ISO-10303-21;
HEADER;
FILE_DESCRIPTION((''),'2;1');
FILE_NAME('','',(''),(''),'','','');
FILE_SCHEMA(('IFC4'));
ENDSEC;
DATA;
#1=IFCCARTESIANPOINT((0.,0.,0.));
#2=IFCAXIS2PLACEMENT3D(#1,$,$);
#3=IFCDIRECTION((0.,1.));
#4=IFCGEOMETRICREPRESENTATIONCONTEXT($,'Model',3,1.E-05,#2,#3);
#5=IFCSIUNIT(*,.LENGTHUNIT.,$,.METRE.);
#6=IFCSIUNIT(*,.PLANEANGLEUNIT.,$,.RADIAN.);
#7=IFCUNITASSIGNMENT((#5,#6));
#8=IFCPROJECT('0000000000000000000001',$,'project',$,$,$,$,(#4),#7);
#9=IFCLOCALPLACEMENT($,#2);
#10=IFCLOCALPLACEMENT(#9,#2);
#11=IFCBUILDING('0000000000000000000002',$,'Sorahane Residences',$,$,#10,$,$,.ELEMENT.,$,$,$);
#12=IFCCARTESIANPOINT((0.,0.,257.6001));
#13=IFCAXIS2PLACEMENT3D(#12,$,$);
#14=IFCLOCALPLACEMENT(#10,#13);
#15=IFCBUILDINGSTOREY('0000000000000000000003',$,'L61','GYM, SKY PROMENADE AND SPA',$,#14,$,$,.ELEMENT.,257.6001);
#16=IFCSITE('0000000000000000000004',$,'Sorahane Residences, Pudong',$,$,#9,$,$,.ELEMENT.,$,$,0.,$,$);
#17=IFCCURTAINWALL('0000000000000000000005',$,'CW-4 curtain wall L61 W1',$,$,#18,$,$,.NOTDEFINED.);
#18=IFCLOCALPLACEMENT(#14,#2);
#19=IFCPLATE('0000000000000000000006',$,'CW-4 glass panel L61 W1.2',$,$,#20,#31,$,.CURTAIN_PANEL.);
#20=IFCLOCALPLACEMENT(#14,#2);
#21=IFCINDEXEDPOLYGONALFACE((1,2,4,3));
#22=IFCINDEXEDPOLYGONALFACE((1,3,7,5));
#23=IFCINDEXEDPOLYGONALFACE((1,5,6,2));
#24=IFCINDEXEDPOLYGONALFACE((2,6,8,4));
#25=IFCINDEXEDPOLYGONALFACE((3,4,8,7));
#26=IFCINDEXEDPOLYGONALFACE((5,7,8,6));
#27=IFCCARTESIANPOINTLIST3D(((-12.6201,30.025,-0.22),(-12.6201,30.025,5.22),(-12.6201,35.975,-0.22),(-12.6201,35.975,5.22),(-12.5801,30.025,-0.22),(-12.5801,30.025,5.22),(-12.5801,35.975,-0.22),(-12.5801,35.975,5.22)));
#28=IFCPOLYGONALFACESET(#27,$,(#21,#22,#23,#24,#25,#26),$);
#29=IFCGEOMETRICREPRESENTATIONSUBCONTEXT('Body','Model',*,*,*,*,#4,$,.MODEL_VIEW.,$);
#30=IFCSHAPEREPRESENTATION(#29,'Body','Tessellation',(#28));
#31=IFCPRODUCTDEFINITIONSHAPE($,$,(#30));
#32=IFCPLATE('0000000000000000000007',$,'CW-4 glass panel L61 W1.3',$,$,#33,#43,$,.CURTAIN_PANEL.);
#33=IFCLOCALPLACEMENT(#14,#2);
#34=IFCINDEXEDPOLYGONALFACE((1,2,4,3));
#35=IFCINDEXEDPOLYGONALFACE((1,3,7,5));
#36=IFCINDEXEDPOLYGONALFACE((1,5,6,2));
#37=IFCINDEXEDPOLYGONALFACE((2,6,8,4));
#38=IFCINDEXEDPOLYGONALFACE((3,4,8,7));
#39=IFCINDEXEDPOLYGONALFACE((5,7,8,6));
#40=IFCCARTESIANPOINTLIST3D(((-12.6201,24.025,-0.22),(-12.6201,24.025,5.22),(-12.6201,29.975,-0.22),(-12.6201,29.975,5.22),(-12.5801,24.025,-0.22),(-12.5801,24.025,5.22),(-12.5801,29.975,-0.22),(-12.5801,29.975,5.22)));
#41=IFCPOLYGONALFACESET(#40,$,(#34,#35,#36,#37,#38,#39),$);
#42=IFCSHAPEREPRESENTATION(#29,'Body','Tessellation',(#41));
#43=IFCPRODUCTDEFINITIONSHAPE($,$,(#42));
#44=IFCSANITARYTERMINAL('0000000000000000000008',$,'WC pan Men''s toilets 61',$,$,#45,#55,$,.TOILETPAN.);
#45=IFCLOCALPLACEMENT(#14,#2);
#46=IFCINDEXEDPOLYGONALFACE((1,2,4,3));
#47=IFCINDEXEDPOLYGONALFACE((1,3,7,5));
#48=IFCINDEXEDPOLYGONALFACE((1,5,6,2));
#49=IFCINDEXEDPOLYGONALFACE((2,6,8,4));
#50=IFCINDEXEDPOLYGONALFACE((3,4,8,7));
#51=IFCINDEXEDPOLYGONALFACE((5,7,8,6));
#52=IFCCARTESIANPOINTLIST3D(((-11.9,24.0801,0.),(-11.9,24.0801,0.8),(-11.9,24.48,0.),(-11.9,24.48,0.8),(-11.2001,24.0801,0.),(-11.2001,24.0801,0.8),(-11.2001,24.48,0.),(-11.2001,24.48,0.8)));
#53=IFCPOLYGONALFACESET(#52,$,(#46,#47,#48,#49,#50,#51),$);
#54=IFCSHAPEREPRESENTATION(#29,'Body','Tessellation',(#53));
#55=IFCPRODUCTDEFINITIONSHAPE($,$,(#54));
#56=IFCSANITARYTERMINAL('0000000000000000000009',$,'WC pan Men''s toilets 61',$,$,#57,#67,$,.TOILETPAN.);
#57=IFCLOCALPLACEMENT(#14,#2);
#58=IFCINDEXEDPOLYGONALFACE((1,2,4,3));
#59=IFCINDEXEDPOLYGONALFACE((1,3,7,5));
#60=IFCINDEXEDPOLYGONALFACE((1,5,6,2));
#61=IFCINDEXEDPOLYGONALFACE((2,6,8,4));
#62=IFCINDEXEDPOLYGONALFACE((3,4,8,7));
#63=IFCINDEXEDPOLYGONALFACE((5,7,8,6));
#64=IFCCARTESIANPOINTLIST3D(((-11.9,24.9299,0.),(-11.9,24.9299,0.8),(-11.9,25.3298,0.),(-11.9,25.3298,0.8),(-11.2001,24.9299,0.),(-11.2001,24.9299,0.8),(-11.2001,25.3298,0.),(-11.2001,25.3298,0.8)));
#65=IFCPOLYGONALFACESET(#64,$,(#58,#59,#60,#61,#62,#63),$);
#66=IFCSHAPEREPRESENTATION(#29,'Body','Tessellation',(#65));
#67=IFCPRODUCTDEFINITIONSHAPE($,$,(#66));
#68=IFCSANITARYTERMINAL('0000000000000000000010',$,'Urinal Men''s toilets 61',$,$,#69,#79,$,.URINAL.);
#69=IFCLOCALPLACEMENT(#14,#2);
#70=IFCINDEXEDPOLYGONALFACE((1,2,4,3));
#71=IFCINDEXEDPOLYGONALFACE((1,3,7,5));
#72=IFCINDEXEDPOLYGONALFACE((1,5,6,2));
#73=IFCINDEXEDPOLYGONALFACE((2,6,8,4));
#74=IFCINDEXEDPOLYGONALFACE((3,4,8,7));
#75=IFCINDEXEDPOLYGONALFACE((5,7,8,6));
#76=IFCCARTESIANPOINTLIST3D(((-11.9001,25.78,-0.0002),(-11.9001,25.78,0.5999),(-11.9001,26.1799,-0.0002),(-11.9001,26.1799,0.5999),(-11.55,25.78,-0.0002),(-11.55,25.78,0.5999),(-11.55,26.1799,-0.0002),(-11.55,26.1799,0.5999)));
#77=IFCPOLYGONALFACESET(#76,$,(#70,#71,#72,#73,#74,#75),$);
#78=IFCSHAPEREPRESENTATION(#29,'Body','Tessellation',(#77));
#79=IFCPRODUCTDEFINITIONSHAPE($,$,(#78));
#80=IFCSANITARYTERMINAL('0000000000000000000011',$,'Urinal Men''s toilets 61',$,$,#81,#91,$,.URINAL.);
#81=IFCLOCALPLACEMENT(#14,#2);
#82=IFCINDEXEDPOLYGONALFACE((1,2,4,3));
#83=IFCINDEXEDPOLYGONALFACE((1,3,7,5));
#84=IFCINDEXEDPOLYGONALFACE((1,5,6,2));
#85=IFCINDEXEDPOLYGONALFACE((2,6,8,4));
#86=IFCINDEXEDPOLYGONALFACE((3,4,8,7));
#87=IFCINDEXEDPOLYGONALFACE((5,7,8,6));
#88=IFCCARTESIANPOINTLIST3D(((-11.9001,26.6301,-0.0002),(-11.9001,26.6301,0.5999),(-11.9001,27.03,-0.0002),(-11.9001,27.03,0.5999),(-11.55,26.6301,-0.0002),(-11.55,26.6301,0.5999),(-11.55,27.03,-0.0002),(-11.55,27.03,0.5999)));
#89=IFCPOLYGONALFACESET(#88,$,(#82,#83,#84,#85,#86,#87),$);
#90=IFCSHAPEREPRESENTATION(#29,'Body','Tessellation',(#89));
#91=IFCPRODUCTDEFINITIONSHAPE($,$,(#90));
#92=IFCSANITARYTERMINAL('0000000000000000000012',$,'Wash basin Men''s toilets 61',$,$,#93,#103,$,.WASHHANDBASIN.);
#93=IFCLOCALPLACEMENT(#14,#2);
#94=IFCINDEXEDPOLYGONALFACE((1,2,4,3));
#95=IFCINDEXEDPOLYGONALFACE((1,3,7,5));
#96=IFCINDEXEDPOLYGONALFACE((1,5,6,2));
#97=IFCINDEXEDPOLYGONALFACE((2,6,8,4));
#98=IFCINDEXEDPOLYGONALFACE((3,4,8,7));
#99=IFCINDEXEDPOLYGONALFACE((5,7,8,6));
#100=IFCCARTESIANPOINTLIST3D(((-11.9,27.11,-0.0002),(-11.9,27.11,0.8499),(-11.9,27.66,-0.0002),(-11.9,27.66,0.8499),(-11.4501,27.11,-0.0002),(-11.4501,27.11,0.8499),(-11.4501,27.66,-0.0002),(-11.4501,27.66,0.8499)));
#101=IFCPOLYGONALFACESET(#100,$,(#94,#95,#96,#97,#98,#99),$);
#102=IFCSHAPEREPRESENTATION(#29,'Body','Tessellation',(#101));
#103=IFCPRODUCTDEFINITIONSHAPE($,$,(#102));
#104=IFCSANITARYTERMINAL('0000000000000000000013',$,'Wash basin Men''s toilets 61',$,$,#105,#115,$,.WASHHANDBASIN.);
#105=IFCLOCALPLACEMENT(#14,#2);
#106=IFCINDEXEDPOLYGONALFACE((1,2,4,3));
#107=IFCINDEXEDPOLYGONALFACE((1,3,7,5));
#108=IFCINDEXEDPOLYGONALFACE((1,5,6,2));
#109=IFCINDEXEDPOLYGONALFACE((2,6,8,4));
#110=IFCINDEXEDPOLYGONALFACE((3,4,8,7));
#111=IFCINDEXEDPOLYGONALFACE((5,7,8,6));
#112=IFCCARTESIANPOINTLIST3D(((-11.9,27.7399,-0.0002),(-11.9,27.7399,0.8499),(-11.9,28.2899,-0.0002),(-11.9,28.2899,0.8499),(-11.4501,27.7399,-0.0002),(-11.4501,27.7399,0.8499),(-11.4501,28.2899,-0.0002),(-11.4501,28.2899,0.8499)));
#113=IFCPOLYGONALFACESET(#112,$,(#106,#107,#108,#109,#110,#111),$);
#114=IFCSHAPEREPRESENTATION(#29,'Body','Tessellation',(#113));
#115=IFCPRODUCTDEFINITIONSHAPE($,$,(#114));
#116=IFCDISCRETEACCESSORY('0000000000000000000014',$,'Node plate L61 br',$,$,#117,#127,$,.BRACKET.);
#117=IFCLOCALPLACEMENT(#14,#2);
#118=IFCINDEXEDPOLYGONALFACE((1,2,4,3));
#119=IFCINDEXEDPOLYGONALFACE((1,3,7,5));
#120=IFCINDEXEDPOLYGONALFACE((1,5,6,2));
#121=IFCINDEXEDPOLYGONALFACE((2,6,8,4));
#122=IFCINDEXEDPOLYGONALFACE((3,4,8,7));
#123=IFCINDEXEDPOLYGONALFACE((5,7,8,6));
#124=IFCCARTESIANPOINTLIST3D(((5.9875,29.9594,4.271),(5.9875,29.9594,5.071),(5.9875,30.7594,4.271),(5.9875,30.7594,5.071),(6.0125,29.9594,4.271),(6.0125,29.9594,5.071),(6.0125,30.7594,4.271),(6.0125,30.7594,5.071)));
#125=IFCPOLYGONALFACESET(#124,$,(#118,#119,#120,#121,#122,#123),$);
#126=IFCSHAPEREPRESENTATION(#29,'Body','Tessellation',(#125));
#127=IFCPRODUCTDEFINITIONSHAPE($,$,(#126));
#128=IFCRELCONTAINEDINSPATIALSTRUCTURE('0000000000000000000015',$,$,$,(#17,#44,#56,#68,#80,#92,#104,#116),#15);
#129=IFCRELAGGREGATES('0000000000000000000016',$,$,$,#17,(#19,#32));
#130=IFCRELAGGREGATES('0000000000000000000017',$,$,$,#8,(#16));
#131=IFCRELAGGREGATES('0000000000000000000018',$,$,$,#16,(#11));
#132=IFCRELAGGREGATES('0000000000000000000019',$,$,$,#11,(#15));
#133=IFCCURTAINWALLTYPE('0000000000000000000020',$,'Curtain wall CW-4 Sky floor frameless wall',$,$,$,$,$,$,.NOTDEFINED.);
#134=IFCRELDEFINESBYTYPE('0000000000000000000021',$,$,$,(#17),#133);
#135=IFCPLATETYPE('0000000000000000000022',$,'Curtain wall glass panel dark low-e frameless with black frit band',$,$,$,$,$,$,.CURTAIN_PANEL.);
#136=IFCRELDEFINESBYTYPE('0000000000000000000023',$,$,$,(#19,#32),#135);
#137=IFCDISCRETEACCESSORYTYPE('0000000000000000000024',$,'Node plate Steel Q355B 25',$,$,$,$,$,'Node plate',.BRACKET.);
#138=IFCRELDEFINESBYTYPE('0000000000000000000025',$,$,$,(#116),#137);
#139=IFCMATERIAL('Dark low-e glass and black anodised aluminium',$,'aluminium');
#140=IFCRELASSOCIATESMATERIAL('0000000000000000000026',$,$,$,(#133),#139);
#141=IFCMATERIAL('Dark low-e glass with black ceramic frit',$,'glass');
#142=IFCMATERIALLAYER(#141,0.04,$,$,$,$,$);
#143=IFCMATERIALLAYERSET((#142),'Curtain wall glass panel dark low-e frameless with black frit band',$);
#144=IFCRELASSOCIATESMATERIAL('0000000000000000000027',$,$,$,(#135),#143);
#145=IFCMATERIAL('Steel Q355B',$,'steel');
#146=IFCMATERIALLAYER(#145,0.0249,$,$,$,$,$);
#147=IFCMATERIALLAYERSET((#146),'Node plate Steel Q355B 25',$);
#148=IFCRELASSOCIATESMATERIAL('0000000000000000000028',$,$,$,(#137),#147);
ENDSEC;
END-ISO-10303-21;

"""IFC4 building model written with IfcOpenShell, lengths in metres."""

from ifc_helpers import new_model, si_unit, direction, frame, origin, origin_2d, place, context, subcontext, project, spatial, rectangle, extrude, material, layer, layer_set, type_object, element, aggregate, save


model = new_model("IFC4")

# Units and contexts
model_context = context("Model", 3, precision=1e-05, world=origin(), true_north=direction((0.0, 1.0)))
body_context = subcontext(model_context, "Body", "Model", "MODEL_VIEW")
ifc_project = project(units=[si_unit("LENGTHUNIT", "METRE"), si_unit("PLANEANGLEUNIT", "RADIAN")], contexts=[model_context])

# Site, building, storey
site_placement = place(None, origin())
site = spatial("IfcSite", under=ifc_project, at=site_placement, Name="Sorahane Residences, Pudong", CompositionType="ELEMENT", RefElevation=0.0)
building_placement = place(site_placement, origin())
building = spatial("IfcBuilding", under=site, at=building_placement, Name="Sorahane Residences", CompositionType="ELEMENT")
storey_placement = place(building_placement, frame((0.0, 0.0, 257.6001)))
storey = spatial("IfcBuildingStorey", under=building, at=storey_placement, Name="L61", Description="GYM, SKY PROMENADE AND SPA", CompositionType="ELEMENT", Elevation=257.6001)

# Curtain wall
ifc_material_1 = material(Name="Dark low-e glass and black anodised aluminium", Category="aluminium")
curtain_wall_type = type_object("IfcCurtainWallType", Name="Curtain wall CW-4 Sky floor frameless wall", PredefinedType="NOTDEFINED", material=ifc_material_1)
curtain_wall_placement = place(storey_placement, origin())
curtain_wall = element("IfcCurtainWall", 1, at=curtain_wall_placement, inside=storey, type_object=curtain_wall_type, Name="CW-4 curtain wall L61 W1", PredefinedType="NOTDEFINED")

# Plates
ifc_material_2 = material(Name="Dark low-e glass with black ceramic frit", Category="glass")
ifc_layer_1 = layer(ifc_material_2, 0.04)
ifc_layer_set_1 = layer_set([ifc_layer_1], Name="Curtain wall glass panel dark low-e frameless with black frit band")
plate_type = type_object("IfcPlateType", Name="Curtain wall glass panel dark low-e frameless with black frit band", PredefinedType="CURTAIN_PANEL", material=ifc_layer_set_1)
plate_1_placement = place(storey_placement, frame((-12.6001, 33.0, -0.22), z_axis=(0.0, 0.0, 1.0), x_axis=(0.0, -1.0, 0.0)))
plate_1 = element("IfcPlate", 2, at=plate_1_placement, type_object=plate_type, Name="CW-4 glass panel L61 W1.2", PredefinedType="CURTAIN_PANEL", context=body_context, shape_type="SweptSolid", body=[
    extrude(rectangle(XDim=5.95, YDim=0.04, at=origin_2d()), origin(), (0.0, 0.0, 1.0), 5.4399),
])
plate_2_placement = place(storey_placement, frame((-12.6001, 27.0, -0.22), z_axis=(0.0, 0.0, 1.0), x_axis=(0.0, -1.0, 0.0)))
plate_2 = element("IfcPlate", 3, at=plate_2_placement, type_object=plate_type, Name="CW-4 glass panel L61 W1.3", PredefinedType="CURTAIN_PANEL", context=body_context, shape_type="SweptSolid", body=[
    extrude(rectangle(XDim=5.95, YDim=0.04, at=origin_2d()), origin(), (0.0, 0.0, 1.0), 5.4399),
])
aggregate(curtain_wall, [plate_1, plate_2])

# Sanitary terminals
for number, where, z_axis, x_axis, name in (
    (4, (-11.55, 24.28, 0.0), (0.0, 0.0, 1.0), (0.0, 1.0, 0.0), "WC pan Men's toilets 61"),
    (5, (-11.55, 25.1299, 0.0), (0.0, 0.0, 1.0), (0.0, 1.0, 0.0), "WC pan Men's toilets 61"),
):
    element("IfcSanitaryTerminal", number, at=place(storey_placement, frame(where, z_axis=z_axis, x_axis=x_axis)), inside=storey, Name=name, PredefinedType="TOILETPAN", context=body_context, shape_type="SweptSolid", body=[
        extrude(rectangle(XDim=0.3999, YDim=0.7, at=origin_2d()), origin(), (0.0, 0.0, 1.0), 0.8),
    ])
for number, where, z_axis, x_axis, name in (
    (6, (-11.7251, 25.98, -0.0002), (0.0, 0.0, 1.0), (0.0, 1.0, 0.0), "Urinal Men's toilets 61"),
    (7, (-11.7251, 26.8301, -0.0002), (0.0, 0.0, 1.0), (0.0, 1.0, 0.0), "Urinal Men's toilets 61"),
):
    element("IfcSanitaryTerminal", number, at=place(storey_placement, frame(where, z_axis=z_axis, x_axis=x_axis)), inside=storey, Name=name, PredefinedType="URINAL", context=body_context, shape_type="SweptSolid", body=[
        extrude(rectangle(XDim=0.3999, YDim=0.3501, at=origin_2d()), origin(), (0.0, 0.0, 1.0), 0.6001),
    ])
for number, where, z_axis, x_axis, name in (
    (8, (-11.675, 27.385, -0.0002), (0.0, 0.0, 1.0), (0.0, 1.0, 0.0), "Wash basin Men's toilets 61"),
    (9, (-11.675, 28.0149, -0.0002), (0.0, 0.0, 1.0), (0.0, 1.0, 0.0), "Wash basin Men's toilets 61"),
):
    element("IfcSanitaryTerminal", number, at=place(storey_placement, frame(where, z_axis=z_axis, x_axis=x_axis)), inside=storey, Name=name, PredefinedType="WASHHANDBASIN", context=body_context, shape_type="SweptSolid", body=[
        extrude(rectangle(XDim=0.55, YDim=0.45, at=origin_2d()), origin(), (0.0, 0.0, 1.0), 0.8501),
    ])

# Discrete accessory
ifc_material_3 = material(Name="Steel Q355B", Category="steel")
ifc_layer_2 = layer(ifc_material_3, 0.0249)
ifc_layer_set_2 = layer_set([ifc_layer_2], Name="Node plate Steel Q355B 25")
discrete_accessory_type = type_object("IfcDiscreteAccessoryType", Name="Node plate Steel Q355B 25", ElementType="Node plate", PredefinedType="BRACKET", material=ifc_layer_set_2)
discrete_accessory_placement = place(storey_placement, frame((6.0, 30.3594, 4.271), z_axis=(0.0, 0.0, 1.0), x_axis=(0.0, 1.0, 0.0)))
element("IfcDiscreteAccessory", 10, at=discrete_accessory_placement, inside=storey, type_object=discrete_accessory_type, Name="Node plate L61 br", PredefinedType="BRACKET", context=body_context, shape_type="SweptSolid", body=[
    extrude(rectangle(XDim=0.8, YDim=0.0249, at=origin_2d()), origin(), (0.0, 0.0, 1.0), 0.8),
])

save(model, "model.ifc")
